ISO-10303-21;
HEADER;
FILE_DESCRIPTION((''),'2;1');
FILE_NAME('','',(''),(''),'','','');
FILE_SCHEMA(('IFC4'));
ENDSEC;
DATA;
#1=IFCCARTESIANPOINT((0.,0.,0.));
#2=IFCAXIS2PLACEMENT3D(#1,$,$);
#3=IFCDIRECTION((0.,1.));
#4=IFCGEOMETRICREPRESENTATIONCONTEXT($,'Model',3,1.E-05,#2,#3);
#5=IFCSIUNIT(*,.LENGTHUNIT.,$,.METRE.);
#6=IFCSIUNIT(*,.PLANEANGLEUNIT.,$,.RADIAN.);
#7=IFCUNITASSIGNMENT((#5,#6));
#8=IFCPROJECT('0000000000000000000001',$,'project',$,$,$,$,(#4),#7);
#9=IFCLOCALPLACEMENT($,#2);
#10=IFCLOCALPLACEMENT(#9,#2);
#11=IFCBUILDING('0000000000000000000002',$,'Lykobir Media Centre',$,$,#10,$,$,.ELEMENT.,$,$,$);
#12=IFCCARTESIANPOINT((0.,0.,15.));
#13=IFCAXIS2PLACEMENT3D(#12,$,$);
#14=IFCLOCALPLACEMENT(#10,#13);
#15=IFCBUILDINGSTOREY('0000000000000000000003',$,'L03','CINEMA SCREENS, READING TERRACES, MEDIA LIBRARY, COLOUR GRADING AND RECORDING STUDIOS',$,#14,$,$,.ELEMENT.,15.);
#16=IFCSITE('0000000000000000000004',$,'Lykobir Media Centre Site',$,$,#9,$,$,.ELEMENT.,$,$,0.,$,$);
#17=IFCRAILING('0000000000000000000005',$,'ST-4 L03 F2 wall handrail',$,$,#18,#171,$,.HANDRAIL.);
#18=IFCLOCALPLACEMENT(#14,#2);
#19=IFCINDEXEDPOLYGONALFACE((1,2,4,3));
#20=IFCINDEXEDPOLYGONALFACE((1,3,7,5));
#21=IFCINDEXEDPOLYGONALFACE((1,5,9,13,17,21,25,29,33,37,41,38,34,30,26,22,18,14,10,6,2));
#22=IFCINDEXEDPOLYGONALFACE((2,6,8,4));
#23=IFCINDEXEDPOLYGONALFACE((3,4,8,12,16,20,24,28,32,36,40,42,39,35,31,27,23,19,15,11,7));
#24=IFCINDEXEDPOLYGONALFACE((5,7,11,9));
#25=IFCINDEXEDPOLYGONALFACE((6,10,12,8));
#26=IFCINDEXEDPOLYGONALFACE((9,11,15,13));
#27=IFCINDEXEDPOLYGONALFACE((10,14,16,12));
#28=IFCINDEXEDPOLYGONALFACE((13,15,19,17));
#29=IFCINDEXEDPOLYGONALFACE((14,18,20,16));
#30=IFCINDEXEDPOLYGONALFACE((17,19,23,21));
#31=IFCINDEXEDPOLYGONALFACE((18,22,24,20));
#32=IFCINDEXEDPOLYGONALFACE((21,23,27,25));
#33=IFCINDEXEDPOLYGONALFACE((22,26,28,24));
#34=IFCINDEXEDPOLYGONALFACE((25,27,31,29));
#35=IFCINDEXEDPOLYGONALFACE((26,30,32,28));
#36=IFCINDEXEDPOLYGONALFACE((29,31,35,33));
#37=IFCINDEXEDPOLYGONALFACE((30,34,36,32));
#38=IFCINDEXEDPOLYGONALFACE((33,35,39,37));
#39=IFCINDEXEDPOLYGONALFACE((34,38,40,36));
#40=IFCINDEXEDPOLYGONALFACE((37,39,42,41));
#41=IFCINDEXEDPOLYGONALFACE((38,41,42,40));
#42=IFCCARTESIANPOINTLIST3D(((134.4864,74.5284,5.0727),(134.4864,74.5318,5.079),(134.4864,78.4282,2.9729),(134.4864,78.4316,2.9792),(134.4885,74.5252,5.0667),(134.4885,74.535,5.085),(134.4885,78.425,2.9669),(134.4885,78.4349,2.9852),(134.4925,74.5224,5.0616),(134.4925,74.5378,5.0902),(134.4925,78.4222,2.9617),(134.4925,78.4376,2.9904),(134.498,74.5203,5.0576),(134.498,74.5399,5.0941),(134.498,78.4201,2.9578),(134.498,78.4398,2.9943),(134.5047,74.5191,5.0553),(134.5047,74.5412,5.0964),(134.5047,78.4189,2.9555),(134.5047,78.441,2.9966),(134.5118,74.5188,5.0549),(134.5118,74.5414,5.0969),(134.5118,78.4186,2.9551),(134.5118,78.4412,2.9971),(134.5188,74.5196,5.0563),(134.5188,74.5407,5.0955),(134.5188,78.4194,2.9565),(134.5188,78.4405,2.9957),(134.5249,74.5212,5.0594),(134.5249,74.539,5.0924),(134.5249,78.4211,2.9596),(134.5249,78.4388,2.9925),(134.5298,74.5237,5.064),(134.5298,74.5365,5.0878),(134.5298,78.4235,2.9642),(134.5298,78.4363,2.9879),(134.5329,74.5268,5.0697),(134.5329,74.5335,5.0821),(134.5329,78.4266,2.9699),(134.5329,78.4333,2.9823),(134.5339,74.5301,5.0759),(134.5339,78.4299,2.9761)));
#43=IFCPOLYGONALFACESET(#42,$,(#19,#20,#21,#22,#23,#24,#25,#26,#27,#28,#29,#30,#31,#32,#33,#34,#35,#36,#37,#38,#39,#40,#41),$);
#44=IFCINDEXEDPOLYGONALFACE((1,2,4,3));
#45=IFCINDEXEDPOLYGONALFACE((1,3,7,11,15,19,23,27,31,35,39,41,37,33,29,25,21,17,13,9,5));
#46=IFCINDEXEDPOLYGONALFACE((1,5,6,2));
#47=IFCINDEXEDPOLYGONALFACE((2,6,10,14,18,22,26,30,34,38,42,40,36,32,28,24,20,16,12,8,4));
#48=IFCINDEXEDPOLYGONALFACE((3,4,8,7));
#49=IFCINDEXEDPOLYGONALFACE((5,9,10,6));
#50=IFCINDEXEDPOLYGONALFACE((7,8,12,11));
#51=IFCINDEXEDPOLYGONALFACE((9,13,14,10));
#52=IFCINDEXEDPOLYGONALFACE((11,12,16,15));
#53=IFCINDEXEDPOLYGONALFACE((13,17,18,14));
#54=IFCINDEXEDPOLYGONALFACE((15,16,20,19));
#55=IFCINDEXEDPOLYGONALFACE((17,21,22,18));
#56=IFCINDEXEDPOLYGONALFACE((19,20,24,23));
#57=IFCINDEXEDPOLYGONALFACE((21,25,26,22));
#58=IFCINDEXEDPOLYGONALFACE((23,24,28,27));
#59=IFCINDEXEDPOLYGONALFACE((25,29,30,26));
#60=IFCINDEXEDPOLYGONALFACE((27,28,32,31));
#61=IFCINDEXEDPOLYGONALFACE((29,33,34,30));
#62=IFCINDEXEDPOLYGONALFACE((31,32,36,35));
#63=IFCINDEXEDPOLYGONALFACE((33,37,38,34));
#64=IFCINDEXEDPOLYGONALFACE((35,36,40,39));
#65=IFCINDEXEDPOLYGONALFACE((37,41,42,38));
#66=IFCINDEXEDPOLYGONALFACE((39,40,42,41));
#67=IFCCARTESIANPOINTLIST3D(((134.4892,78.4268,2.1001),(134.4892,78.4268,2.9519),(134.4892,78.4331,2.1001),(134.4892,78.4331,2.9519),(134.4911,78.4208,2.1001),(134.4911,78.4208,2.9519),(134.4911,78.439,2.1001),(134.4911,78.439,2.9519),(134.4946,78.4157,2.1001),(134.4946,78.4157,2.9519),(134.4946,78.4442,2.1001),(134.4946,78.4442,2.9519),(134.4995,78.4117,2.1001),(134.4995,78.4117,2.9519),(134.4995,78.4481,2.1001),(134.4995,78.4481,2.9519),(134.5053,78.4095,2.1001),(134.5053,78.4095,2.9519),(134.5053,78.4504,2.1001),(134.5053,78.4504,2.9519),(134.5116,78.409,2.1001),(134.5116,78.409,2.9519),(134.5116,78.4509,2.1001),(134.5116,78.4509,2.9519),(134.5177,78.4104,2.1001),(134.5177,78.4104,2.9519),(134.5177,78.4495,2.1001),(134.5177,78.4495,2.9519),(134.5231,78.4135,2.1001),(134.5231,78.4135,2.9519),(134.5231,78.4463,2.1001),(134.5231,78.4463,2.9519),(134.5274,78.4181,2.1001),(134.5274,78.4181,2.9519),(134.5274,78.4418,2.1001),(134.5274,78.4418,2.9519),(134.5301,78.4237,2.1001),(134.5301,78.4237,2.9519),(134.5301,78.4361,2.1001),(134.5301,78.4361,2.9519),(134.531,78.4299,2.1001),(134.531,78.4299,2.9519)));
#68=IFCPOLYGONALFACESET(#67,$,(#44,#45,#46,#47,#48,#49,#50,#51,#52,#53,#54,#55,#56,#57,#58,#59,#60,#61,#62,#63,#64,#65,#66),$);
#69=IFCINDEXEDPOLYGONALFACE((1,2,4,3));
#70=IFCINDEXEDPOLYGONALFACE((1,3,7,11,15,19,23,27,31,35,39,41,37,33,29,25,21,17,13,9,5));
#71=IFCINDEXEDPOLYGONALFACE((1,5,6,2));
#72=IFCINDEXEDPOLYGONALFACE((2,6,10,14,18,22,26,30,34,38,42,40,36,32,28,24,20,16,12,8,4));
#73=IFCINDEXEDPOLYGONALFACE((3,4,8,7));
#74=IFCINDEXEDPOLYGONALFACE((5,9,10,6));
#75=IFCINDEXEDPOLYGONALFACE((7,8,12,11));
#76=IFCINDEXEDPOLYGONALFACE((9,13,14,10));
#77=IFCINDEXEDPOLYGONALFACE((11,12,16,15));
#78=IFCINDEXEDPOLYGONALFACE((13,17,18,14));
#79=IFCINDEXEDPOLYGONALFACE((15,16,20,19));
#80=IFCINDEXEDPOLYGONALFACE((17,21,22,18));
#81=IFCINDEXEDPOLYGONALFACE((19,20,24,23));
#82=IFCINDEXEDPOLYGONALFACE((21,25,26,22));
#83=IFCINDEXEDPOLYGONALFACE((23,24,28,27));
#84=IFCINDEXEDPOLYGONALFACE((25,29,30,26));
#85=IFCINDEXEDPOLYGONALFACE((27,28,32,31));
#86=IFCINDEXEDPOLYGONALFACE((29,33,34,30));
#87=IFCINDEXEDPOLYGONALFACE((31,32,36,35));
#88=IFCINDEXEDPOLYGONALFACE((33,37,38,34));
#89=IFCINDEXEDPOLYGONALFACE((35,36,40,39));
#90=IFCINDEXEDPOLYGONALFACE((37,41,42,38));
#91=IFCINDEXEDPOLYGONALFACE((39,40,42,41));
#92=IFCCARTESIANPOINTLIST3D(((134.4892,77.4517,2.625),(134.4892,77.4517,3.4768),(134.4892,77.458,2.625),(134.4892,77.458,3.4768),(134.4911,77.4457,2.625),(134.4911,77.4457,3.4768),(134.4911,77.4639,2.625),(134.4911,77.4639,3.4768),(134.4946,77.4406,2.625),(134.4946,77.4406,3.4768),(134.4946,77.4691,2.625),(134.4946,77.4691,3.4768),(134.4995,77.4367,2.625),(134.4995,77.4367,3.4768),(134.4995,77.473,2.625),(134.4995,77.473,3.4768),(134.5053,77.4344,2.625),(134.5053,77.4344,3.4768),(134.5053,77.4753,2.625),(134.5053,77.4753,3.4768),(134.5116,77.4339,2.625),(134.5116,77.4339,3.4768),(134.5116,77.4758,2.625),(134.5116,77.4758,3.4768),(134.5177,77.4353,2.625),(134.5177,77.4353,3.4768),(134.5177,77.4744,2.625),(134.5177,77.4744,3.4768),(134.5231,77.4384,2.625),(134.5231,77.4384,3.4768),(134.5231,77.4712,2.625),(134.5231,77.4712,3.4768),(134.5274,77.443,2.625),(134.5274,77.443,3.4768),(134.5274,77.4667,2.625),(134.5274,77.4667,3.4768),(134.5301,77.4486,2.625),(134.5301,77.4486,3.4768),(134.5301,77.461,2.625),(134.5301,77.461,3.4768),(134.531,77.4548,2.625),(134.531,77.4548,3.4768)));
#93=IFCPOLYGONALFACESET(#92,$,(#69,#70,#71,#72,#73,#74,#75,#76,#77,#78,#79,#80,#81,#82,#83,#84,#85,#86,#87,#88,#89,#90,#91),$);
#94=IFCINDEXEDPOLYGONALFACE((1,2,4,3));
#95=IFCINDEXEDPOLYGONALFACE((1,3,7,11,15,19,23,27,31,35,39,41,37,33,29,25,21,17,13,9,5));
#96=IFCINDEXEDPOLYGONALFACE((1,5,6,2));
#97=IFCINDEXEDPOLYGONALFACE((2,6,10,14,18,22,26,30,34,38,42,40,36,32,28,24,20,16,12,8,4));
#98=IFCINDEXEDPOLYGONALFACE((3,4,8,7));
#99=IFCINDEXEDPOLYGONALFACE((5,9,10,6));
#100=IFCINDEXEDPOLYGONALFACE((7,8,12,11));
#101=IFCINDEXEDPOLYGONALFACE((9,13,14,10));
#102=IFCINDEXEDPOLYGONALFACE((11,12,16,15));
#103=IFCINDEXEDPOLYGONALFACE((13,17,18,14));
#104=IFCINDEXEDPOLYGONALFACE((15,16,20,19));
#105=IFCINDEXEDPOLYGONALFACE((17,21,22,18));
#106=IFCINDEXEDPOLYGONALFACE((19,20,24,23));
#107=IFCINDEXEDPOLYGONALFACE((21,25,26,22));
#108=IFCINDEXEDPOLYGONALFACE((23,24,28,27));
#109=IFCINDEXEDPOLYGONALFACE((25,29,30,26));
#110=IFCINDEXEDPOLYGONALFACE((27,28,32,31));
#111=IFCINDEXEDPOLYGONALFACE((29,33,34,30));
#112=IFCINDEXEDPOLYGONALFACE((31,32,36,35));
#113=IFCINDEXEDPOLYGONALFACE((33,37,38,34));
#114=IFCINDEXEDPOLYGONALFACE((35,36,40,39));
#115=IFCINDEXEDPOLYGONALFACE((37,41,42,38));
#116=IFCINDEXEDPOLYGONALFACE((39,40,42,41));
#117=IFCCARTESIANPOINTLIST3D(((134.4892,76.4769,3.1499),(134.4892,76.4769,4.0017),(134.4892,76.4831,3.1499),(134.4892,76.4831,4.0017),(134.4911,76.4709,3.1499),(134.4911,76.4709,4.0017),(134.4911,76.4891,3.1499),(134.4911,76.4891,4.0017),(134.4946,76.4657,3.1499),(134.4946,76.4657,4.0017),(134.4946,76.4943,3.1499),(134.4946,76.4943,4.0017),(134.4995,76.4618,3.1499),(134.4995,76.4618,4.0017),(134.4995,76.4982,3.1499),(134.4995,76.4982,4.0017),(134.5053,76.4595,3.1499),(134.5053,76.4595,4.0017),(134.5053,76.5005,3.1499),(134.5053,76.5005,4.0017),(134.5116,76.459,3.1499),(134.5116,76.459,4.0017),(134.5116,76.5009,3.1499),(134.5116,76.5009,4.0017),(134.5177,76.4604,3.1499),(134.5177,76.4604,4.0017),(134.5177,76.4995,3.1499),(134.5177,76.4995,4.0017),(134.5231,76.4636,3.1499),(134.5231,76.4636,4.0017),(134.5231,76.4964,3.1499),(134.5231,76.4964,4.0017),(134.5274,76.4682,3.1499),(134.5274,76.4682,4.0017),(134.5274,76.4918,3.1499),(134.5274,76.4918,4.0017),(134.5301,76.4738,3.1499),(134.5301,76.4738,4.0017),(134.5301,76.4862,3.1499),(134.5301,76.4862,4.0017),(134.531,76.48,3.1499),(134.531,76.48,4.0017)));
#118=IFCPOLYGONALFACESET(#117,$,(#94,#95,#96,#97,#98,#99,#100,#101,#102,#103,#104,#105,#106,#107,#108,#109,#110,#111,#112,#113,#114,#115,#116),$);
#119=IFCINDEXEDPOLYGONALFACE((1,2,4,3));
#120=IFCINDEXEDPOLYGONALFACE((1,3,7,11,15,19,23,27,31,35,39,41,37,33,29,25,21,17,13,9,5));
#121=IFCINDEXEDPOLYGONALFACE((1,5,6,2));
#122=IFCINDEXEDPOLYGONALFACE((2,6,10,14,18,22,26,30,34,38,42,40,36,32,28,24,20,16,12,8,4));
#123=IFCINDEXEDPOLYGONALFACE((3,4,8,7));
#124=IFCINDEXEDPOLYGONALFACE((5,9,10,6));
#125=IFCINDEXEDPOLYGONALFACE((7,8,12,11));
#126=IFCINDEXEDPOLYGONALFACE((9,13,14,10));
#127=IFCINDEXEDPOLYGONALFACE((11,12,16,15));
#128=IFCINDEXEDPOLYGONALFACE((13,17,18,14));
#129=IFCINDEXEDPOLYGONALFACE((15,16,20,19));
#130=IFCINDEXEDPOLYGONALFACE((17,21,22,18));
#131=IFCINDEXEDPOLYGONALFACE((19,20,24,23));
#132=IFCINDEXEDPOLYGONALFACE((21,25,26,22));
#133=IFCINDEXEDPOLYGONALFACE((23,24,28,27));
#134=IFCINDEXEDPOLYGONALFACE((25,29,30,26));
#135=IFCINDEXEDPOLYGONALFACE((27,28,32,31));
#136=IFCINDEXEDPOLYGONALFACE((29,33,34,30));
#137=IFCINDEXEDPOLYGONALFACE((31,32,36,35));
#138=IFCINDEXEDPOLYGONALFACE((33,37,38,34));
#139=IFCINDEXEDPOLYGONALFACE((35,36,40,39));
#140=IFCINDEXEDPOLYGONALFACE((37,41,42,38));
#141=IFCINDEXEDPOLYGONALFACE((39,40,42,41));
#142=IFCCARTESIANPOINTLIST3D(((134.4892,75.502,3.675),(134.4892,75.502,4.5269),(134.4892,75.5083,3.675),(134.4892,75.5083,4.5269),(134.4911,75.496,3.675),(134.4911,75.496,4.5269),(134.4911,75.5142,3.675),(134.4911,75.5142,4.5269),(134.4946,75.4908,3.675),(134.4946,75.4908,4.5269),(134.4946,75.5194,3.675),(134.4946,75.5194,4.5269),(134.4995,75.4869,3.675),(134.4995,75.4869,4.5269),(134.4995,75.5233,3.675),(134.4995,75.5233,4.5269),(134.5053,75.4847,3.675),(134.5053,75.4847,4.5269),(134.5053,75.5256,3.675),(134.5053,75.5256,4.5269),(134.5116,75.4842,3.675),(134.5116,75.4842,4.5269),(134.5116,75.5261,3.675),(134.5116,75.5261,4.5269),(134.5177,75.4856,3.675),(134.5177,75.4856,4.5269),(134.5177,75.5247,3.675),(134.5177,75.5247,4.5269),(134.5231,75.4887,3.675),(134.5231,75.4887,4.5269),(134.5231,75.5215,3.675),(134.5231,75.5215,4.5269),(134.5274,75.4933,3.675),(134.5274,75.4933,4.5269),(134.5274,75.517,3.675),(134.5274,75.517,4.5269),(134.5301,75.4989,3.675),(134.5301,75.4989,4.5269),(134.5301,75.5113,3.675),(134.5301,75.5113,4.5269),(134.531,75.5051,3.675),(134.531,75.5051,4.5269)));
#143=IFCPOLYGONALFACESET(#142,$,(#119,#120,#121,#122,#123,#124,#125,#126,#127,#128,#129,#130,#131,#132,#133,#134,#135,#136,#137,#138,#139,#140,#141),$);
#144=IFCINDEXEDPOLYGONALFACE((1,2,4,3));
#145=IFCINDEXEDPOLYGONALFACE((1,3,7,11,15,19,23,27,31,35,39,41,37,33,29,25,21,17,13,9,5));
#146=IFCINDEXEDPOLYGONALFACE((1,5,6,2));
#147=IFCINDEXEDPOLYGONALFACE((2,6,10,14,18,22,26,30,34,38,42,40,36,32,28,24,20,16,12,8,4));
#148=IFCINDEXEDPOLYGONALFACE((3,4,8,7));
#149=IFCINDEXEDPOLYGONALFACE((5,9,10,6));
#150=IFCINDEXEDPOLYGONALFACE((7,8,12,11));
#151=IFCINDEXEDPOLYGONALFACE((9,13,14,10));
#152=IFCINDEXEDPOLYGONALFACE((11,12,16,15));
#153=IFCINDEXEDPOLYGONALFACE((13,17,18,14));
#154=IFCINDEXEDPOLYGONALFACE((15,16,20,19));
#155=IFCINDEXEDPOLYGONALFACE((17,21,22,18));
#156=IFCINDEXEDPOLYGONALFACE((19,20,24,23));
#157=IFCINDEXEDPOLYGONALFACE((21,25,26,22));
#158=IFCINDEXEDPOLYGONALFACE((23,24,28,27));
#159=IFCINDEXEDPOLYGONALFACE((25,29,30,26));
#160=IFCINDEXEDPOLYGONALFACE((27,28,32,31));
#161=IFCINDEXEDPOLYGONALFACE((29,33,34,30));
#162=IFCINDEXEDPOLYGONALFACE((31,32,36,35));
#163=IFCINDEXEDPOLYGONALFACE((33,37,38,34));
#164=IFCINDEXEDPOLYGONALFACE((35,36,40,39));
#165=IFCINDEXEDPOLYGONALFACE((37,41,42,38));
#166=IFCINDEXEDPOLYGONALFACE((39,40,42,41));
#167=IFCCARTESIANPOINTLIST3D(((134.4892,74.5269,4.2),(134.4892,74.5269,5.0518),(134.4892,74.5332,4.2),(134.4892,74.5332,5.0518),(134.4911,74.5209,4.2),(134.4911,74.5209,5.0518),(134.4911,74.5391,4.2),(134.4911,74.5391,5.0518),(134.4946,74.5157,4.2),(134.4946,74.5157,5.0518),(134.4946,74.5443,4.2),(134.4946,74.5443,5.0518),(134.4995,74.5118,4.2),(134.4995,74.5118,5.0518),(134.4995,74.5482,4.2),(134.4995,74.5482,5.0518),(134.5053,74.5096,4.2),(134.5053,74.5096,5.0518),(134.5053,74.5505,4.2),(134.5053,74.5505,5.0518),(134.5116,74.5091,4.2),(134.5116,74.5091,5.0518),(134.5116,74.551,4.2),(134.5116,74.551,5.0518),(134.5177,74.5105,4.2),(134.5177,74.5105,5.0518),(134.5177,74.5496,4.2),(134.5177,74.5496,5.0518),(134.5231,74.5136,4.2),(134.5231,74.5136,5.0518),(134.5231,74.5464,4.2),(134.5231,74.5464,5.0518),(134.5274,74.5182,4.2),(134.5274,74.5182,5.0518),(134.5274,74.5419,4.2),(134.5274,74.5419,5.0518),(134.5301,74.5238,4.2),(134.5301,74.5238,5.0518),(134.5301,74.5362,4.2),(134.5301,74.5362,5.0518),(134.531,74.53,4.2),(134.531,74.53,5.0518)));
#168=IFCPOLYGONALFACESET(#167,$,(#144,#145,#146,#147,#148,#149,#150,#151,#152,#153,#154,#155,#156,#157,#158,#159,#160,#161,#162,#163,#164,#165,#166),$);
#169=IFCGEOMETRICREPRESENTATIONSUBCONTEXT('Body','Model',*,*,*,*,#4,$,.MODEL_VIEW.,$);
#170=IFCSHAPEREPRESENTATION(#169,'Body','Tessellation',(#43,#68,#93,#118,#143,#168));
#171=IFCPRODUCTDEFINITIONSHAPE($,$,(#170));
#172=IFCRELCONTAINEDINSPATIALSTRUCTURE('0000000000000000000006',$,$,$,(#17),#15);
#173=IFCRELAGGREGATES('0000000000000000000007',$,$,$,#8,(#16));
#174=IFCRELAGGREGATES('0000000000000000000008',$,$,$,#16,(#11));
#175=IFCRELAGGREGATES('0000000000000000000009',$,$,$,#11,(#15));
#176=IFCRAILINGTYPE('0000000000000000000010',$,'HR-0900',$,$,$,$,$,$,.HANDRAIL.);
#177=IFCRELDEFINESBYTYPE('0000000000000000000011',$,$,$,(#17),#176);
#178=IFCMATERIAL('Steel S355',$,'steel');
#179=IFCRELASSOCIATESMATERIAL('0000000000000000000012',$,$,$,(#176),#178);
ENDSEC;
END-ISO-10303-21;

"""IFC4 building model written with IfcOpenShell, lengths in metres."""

from ifc_helpers import new_model, si_unit, direction, frame, origin, origin_2d, place, context, subcontext, project, spatial, circle, extrude, material, type_object, element, save


model = new_model("IFC4")

# Units and contexts
model_context = context("Model", 3, precision=1e-05, world=origin(), true_north=direction((0.0, 1.0)))
body_context = subcontext(model_context, "Body", "Model", "MODEL_VIEW")
ifc_project = project(units=[si_unit("LENGTHUNIT", "METRE"), si_unit("PLANEANGLEUNIT", "RADIAN")], contexts=[model_context])

# Site, building, storey
site_placement = place(None, origin())
site = spatial("IfcSite", under=ifc_project, at=site_placement, Name="Lykobir Media Centre Site", CompositionType="ELEMENT", RefElevation=0.0)
building_placement = place(site_placement, origin())
building = spatial("IfcBuilding", under=site, at=building_placement, Name="Lykobir Media Centre", CompositionType="ELEMENT")
storey_placement = place(building_placement, frame((0.0, 0.0, 15.0)))
storey = spatial("IfcBuildingStorey", under=building, at=storey_placement, Name="L03", Description="CINEMA SCREENS, READING TERRACES, MEDIA LIBRARY, COLOUR GRADING AND RECORDING STUDIOS", CompositionType="ELEMENT", Elevation=15.0)

# Shared definitions
ifc_material_1 = material(Name="Steel S355", Category="steel")

# Railing
railing_type_1 = type_object("IfcRailingType", Name="HR-0900", PredefinedType="HANDRAIL", material=ifc_material_1)
railing_1_placement = place(storey_placement, frame((134.51, 78.4299, 2.1001)))
element("IfcRailing", 1, at=railing_1_placement, inside=storey, type_object=railing_type_1, Name="ST-4 L03 F2 wall handrail", PredefinedType="HANDRAIL", context=body_context, shape_type="SweptSolid", body=[
    extrude(circle(Radius=0.0239, at=origin_2d()), frame((0.0, 0.0, 0.876), z_axis=(0.0, -0.88048, 0.474083), x_axis=(1.0, 0.0, 0.0)), (0.0, 0.0, 1.0), 4.4292),
    extrude(circle(Radius=0.021, at=origin_2d()), origin(), (0.0, 0.0, 1.0), 0.8518),
    extrude(circle(Radius=0.021, at=origin_2d()), frame((0.0, -0.9751, 0.5249)), (0.0, 0.0, 1.0), 0.8518),
    extrude(circle(Radius=0.021, at=origin_2d()), frame((0.0, -1.95, 1.0498)), (0.0, 0.0, 1.0), 0.8518),
    extrude(circle(Radius=0.021, at=origin_2d()), frame((0.0, -2.9248, 1.575)), (0.0, 0.0, 1.0), 0.8518),
    extrude(circle(Radius=0.021, at=origin_2d()), frame((0.0, -3.8999, 2.0999)), (0.0, 0.0, 1.0), 0.8518),
])

save(model, "model.ifc")
